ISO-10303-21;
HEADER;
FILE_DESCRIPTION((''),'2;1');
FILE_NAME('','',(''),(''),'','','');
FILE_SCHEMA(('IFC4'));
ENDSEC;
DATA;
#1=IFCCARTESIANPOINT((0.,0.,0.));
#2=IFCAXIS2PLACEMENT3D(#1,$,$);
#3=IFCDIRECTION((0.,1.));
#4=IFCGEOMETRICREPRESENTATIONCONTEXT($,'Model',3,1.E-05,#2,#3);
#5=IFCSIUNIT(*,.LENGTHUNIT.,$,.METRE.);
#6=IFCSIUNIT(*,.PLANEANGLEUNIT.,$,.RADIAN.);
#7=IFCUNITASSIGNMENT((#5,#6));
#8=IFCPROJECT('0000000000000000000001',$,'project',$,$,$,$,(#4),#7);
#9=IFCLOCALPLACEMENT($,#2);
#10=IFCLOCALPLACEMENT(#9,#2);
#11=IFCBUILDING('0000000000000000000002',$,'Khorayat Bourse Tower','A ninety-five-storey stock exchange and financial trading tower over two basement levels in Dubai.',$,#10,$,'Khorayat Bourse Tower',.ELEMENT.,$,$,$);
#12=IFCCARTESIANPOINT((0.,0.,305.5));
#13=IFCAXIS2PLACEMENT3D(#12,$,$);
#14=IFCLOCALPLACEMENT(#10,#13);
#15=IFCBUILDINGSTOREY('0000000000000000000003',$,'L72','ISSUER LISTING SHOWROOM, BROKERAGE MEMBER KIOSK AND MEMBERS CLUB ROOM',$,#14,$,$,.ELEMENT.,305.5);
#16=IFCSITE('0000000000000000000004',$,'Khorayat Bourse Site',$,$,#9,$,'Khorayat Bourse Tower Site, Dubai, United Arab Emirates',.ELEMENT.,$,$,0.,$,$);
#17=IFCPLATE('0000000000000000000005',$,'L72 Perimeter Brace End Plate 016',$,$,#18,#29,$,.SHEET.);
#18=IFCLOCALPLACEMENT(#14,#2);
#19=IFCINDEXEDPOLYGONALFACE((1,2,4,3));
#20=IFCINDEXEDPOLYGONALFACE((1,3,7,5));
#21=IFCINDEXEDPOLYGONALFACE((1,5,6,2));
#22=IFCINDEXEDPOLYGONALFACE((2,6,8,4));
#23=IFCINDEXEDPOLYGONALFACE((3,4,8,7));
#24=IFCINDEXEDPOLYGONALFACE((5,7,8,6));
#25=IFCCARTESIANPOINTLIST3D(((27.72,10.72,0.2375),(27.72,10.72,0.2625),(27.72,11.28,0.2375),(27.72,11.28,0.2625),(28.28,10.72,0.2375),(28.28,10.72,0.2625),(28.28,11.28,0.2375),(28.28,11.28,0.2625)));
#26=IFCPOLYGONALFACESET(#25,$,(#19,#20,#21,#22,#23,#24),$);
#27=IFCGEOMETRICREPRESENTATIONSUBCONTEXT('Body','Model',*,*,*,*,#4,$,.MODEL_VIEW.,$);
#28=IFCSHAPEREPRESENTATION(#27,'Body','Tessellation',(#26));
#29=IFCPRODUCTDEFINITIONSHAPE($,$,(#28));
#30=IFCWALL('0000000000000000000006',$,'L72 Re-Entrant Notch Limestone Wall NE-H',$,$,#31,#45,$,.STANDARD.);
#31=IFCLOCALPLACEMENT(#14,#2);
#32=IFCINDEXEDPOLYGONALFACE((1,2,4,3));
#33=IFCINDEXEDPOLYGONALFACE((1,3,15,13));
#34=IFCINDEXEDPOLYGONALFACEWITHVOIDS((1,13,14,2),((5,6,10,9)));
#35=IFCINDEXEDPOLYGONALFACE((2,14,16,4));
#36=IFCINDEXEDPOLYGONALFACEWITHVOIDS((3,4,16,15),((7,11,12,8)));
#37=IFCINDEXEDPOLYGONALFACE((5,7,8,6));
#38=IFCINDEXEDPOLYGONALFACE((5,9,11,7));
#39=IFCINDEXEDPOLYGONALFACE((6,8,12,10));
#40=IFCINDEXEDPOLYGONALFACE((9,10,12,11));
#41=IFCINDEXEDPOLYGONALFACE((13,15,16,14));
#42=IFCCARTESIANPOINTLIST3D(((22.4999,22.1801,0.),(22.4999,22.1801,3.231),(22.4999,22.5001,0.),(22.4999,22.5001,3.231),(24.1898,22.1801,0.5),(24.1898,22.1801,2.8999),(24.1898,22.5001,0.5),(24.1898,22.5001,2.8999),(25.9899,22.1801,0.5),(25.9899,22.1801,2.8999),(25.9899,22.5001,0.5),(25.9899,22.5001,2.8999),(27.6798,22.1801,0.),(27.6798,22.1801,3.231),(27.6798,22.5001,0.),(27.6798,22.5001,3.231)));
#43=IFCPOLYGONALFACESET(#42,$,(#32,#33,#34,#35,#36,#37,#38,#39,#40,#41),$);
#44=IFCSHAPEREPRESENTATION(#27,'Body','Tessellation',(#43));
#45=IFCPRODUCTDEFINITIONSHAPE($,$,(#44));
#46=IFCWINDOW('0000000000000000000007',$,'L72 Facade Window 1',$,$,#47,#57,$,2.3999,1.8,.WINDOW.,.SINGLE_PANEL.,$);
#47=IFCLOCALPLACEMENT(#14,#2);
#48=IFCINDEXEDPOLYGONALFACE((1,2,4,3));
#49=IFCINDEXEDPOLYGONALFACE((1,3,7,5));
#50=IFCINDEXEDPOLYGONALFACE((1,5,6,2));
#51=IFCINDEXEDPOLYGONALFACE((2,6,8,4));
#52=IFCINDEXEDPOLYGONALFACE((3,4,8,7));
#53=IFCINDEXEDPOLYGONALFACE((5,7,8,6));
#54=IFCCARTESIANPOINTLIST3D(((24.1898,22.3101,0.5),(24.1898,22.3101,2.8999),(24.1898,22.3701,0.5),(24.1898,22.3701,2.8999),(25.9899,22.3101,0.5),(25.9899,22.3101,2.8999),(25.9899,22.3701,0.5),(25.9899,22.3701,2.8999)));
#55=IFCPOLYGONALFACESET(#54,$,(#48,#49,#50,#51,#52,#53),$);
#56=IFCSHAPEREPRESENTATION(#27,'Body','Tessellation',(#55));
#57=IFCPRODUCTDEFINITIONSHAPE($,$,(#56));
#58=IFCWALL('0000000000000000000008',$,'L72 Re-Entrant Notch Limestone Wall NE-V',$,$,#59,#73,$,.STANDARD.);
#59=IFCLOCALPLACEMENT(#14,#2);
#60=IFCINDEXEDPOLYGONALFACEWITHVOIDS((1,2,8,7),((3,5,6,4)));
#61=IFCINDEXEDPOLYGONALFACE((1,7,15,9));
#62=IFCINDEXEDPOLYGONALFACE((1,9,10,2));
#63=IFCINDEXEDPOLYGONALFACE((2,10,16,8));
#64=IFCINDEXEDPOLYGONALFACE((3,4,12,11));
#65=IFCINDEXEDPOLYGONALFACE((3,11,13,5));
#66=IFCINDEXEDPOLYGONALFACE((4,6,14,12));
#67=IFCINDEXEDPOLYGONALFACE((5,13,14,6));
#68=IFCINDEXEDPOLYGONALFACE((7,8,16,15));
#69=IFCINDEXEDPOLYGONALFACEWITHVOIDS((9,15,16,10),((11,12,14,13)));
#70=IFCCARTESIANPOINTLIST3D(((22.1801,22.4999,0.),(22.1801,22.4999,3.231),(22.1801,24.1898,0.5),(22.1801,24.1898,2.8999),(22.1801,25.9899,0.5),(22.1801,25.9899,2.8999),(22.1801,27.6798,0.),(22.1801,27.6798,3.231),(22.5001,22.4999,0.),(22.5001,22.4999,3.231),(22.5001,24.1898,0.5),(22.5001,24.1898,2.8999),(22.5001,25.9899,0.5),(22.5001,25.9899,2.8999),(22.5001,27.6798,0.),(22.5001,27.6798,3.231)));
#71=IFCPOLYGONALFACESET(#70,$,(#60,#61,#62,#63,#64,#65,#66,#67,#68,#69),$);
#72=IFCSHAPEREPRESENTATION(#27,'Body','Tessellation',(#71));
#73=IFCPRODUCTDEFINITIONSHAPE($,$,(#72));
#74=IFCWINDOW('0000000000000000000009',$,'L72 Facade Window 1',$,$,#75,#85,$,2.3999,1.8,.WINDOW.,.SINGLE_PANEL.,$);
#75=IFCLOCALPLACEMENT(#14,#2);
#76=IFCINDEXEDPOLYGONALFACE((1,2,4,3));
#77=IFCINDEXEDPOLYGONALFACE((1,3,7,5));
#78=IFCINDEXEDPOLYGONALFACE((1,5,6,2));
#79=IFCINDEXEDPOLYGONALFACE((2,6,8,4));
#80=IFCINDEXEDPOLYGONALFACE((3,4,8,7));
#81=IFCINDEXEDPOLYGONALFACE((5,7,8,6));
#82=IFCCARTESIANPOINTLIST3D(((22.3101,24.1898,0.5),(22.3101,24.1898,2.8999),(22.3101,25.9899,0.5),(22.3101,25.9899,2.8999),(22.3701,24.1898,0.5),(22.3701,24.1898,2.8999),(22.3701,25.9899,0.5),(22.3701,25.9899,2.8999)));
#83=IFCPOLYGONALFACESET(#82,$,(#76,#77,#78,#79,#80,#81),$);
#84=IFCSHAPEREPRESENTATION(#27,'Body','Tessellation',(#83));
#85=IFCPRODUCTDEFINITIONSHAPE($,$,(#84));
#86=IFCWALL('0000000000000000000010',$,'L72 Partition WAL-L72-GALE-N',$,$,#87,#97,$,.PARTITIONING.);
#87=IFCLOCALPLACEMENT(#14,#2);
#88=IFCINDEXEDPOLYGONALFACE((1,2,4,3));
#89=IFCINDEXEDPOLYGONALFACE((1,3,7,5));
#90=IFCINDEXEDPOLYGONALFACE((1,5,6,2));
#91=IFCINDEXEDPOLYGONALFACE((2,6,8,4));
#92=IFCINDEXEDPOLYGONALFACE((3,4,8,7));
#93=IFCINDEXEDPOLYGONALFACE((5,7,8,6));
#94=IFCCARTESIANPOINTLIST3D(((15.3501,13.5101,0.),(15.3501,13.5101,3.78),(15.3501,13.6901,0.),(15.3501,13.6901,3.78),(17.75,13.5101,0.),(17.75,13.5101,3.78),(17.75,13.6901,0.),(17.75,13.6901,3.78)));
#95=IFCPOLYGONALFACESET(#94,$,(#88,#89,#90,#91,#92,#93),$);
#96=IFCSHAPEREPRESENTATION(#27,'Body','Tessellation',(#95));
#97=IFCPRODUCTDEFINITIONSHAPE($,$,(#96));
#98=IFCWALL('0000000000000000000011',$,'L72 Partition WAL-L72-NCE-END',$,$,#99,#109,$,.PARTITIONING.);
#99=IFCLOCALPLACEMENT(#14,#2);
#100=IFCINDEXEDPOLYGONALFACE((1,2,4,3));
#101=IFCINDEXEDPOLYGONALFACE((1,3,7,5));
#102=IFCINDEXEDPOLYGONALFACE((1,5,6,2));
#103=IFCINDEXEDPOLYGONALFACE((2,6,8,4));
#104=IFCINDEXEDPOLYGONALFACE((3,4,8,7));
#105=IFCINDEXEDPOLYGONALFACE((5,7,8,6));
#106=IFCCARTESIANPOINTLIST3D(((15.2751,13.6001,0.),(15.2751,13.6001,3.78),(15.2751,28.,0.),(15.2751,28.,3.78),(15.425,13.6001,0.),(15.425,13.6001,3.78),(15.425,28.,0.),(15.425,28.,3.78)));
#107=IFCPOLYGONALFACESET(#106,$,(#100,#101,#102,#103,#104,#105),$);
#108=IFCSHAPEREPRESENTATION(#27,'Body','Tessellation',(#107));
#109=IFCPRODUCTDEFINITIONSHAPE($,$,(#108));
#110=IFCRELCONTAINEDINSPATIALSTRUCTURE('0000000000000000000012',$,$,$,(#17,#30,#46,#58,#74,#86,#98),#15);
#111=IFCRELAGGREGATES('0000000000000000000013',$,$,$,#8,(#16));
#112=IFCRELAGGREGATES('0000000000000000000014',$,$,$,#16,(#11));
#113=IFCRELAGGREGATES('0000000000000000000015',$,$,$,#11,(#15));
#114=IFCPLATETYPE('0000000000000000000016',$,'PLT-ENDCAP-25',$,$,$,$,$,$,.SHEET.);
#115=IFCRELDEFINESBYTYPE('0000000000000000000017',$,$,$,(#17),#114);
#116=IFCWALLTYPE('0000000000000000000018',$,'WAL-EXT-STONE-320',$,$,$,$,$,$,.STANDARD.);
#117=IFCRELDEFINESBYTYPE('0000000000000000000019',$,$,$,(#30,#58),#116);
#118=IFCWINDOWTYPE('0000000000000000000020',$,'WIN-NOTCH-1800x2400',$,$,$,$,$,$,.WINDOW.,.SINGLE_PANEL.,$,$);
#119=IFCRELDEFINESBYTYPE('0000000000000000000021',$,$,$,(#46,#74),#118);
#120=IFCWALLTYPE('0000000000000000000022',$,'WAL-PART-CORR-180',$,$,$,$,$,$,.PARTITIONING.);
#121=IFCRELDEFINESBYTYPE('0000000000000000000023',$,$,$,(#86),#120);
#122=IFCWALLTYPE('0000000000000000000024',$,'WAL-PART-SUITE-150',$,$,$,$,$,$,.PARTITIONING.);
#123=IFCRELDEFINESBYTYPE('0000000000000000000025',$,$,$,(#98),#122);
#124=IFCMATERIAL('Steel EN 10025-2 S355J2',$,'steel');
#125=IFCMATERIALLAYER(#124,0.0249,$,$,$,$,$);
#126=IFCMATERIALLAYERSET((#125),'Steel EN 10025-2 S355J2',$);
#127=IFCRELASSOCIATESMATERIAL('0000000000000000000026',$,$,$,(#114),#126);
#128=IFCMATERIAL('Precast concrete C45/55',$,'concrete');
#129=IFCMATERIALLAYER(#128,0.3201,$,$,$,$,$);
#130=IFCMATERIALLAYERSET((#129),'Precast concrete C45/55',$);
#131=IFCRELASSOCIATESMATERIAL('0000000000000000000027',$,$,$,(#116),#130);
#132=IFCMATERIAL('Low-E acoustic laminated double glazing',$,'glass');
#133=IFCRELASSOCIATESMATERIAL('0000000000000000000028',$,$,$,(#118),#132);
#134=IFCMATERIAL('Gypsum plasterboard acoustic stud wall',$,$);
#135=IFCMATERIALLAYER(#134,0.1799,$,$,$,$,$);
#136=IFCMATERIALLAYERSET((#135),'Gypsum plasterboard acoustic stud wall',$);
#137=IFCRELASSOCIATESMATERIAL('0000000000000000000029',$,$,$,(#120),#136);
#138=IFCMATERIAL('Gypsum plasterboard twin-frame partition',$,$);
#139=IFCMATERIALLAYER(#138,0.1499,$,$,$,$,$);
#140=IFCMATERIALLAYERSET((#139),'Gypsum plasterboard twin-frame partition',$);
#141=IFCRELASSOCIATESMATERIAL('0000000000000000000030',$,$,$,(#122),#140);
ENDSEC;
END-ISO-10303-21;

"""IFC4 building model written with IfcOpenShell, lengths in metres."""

from ifc_helpers import new_model, si_unit, direction, frame, frame_2d, origin, origin_2d, place, context, subcontext, project, spatial, rectangle, extrude, source, transform, mapped, material, layer, layer_set, type_object, element, fill, save


model = new_model("IFC4")

# Units and contexts
model_context = context("Model", 3, precision=1e-05, world=origin(), true_north=direction((0.0, 1.0)))
body_context = subcontext(model_context, "Body", "Model", "MODEL_VIEW")
ifc_project = project(units=[si_unit("LENGTHUNIT", "METRE"), si_unit("PLANEANGLEUNIT", "RADIAN")], contexts=[model_context])

# Site, building, storey
site_placement = place(None, origin())
site = spatial("IfcSite", under=ifc_project, at=site_placement, Name="Khorayat Bourse Site", LongName="Khorayat Bourse Tower Site, Dubai, United Arab Emirates", CompositionType="ELEMENT", RefElevation=0.0)
building_placement = place(site_placement, origin())
building = spatial("IfcBuilding", under=site, at=building_placement, Name="Khorayat Bourse Tower", Description="A ninety-five-storey stock exchange and financial trading tower over two basement levels in Dubai.", LongName="Khorayat Bourse Tower", CompositionType="ELEMENT")
storey_placement = place(building_placement, frame((0.0, 0.0, 305.5)))
storey = spatial("IfcBuildingStorey", under=building, at=storey_placement, Name="L72", Description="ISSUER LISTING SHOWROOM, BROKERAGE MEMBER KIOSK AND MEMBERS CLUB ROOM", CompositionType="ELEMENT", Elevation=305.5)

# Plate
ifc_material_1 = material(Name="Steel EN 10025-2 S355J2", Category="steel")
ifc_layer_1 = layer(ifc_material_1, 0.0249)
ifc_layer_set_1 = layer_set([ifc_layer_1], Name="Steel EN 10025-2 S355J2")
plate_type = type_object("IfcPlateType", Name="PLT-ENDCAP-25", PredefinedType="SHEET", material=ifc_layer_set_1)
shared_shape_1 = source(origin(), body_context, "Body", "SweptSolid", [
    extrude(rectangle(XDim=0.5601, YDim=0.5601, at=origin_2d()), origin(), (0.0, 0.0, 1.0), 0.0249),
])
for number, where, z_axis, x_axis, name in (
    (1, (28.0, 11.0, 0.2375), (0.0, 0.0, 1.0), (1.0, 0.0, 0.0), "L72 Perimeter Brace End Plate 016"),
):
    element("IfcPlate", number, at=place(storey_placement, frame(where, z_axis=z_axis, x_axis=x_axis)), inside=storey, type_object=plate_type, Name=name, PredefinedType="SHEET", context=body_context, shape_type="MappedRepresentation", body=[
        mapped(shared_shape_1, transform((0.0, 0.0, 0.0), scale=1.0)),
    ])

# Walls, openings, windows
ifc_material_2 = material(Name="Precast concrete C45/55", Category="concrete")
ifc_layer_2 = layer(ifc_material_2, 0.3201)
ifc_layer_set_2 = layer_set([ifc_layer_2], Name="Precast concrete C45/55")
wall_type_1 = type_object("IfcWallType", Name="WAL-EXT-STONE-320", PredefinedType="STANDARD", material=ifc_layer_set_2)
shared_shape_2 = source(origin(), body_context, "Body", "SweptSolid", [
    extrude(rectangle(XDim=5.1799, YDim=0.3201, at=frame_2d((2.5898, 0.0))), origin(), (0.0, 0.0, 1.0), 3.231),
])
wall_1_placement = place(storey_placement, frame((22.5, 22.3401, 0.0), z_axis=(0.0, 0.0, 1.0), x_axis=(1.0, 0.0, 0.0)))
wall_1 = element("IfcWall", 2, at=wall_1_placement, inside=storey, type_object=wall_type_1, Name="L72 Re-Entrant Notch Limestone Wall NE-H", PredefinedType="STANDARD", context=body_context, shape_type="MappedRepresentation", body=[
    mapped(shared_shape_2, transform((0.0, 0.0, 0.0), scale=1.0)),
])
shared_shape_3 = source(origin(), body_context, "Body", "SweptSolid", [
    extrude(rectangle(XDim=1.8, YDim=2.3999, at=frame_2d((0.8999, 1.2))), frame((0.0, 0.1699, 0.0), z_axis=(0.0, -1.0, 0.0), x_axis=(1.0, 0.0, 0.0)), (0.0, 0.0, 1.0), 0.3401),
])
opening_1_placement = place(wall_1_placement, frame((1.6899, 0.0, 0.5)))
opening_1 = element("IfcOpeningElement", 3, at=opening_1_placement, cuts=wall_1, PredefinedType="OPENING", context=body_context, shape_type="MappedRepresentation", body=[
    mapped(shared_shape_3, transform((0.0, 0.0, 0.0), scale=1.0)),
])
ifc_material_3 = material(Name="Low-E acoustic laminated double glazing", Category="glass")
window_type = type_object("IfcWindowType", Name="WIN-NOTCH-1800x2400", PartitioningType="SINGLE_PANEL", PredefinedType="WINDOW", material=ifc_material_3)
shared_shape_4 = source(origin(), body_context, "Body", "SweptSolid", [
    extrude(rectangle(XDim=1.8, YDim=2.3999, at=frame_2d((0.8999, 1.2))), frame((0.0, 0.03, 0.0), z_axis=(0.0, -1.0, 0.0), x_axis=(1.0, 0.0, 0.0)), (0.0, 0.0, 1.0), 0.0601),
])
window_1_placement = place(opening_1_placement, origin())
window_1 = element("IfcWindow", 4, at=window_1_placement, inside=storey, type_object=window_type, Name="L72 Facade Window 1", OverallHeight=2.3999, OverallWidth=1.8, PartitioningType="SINGLE_PANEL", PredefinedType="WINDOW", context=body_context, shape_type="MappedRepresentation", body=[
    mapped(shared_shape_4, transform((0.0, 0.0, 0.0), scale=1.0)),
])
fill(opening_1, window_1)
wall_2_placement = place(storey_placement, frame((22.3401, 22.5, 0.0), z_axis=(0.0, 0.0, 1.0), x_axis=(0.0, 1.0, 0.0)))
wall_2 = element("IfcWall", 5, at=wall_2_placement, inside=storey, type_object=wall_type_1, Name="L72 Re-Entrant Notch Limestone Wall NE-V", PredefinedType="STANDARD", context=body_context, shape_type="MappedRepresentation", body=[
    mapped(shared_shape_2, transform((0.0, 0.0, 0.0), scale=1.0)),
])
opening_2_placement = place(wall_2_placement, frame((1.6899, 0.0, 0.5)))
opening_2 = element("IfcOpeningElement", 6, at=opening_2_placement, cuts=wall_2, PredefinedType="OPENING", context=body_context, shape_type="MappedRepresentation", body=[
    mapped(shared_shape_3, transform((0.0, 0.0, 0.0), scale=1.0)),
])
window_2_placement = place(opening_2_placement, origin())
window_2 = element("IfcWindow", 7, at=window_2_placement, inside=storey, type_object=window_type, Name="L72 Facade Window 1", OverallHeight=2.3999, OverallWidth=1.8, PartitioningType="SINGLE_PANEL", PredefinedType="WINDOW", context=body_context, shape_type="MappedRepresentation", body=[
    mapped(shared_shape_4, transform((0.0, 0.0, 0.0), scale=1.0)),
])
fill(opening_2, window_2)

# Walls
ifc_material_4 = material(Name="Gypsum plasterboard acoustic stud wall")
ifc_layer_3 = layer(ifc_material_4, 0.1799)
ifc_layer_set_3 = layer_set([ifc_layer_3], Name="Gypsum plasterboard acoustic stud wall")
wall_type_2 = type_object("IfcWallType", Name="WAL-PART-CORR-180", PredefinedType="PARTITIONING", material=ifc_layer_set_3)
shared_shape_5 = source(origin(), body_context, "Body", "SweptSolid", [
    extrude(rectangle(XDim=2.3999, YDim=0.1799, at=frame_2d((1.2, 0.0))), origin(), (0.0, 0.0, 1.0), 3.78),
])
wall_3_placement = place(storey_placement, frame((15.3501, 13.6001, 0.0), z_axis=(0.0, 0.0, 1.0), x_axis=(1.0, 0.0, 0.0)))
element("IfcWall", 8, at=wall_3_placement, inside=storey, type_object=wall_type_2, Name="L72 Partition WAL-L72-GALE-N", PredefinedType="PARTITIONING", context=body_context, shape_type="MappedRepresentation", body=[
    mapped(shared_shape_5, transform((0.0, 0.0, 0.0), scale=1.0)),
])
ifc_material_5 = material(Name="Gypsum plasterboard twin-frame partition")
ifc_layer_4 = layer(ifc_material_5, 0.1499)
ifc_layer_set_4 = layer_set([ifc_layer_4], Name="Gypsum plasterboard twin-frame partition")
wall_type_3 = type_object("IfcWallType", Name="WAL-PART-SUITE-150", PredefinedType="PARTITIONING", material=ifc_layer_set_4)
shared_shape_6 = source(origin(), body_context, "Body", "SweptSolid", [
    extrude(rectangle(XDim=14.3999, YDim=0.1499, at=frame_2d((7.2, 0.0))), origin(), (0.0, 0.0, 1.0), 3.78),
])
wall_4_placement = place(storey_placement, frame((15.3501, 13.6001, 0.0), z_axis=(0.0, 0.0, 1.0), x_axis=(0.0, 1.0, 0.0)))
element("IfcWall", 9, at=wall_4_placement, inside=storey, type_object=wall_type_3, Name="L72 Partition WAL-L72-NCE-END", PredefinedType="PARTITIONING", context=body_context, shape_type="MappedRepresentation", body=[
    mapped(shared_shape_6, transform((0.0, 0.0, 0.0), scale=1.0)),
])

save(model, "model.ifc")
